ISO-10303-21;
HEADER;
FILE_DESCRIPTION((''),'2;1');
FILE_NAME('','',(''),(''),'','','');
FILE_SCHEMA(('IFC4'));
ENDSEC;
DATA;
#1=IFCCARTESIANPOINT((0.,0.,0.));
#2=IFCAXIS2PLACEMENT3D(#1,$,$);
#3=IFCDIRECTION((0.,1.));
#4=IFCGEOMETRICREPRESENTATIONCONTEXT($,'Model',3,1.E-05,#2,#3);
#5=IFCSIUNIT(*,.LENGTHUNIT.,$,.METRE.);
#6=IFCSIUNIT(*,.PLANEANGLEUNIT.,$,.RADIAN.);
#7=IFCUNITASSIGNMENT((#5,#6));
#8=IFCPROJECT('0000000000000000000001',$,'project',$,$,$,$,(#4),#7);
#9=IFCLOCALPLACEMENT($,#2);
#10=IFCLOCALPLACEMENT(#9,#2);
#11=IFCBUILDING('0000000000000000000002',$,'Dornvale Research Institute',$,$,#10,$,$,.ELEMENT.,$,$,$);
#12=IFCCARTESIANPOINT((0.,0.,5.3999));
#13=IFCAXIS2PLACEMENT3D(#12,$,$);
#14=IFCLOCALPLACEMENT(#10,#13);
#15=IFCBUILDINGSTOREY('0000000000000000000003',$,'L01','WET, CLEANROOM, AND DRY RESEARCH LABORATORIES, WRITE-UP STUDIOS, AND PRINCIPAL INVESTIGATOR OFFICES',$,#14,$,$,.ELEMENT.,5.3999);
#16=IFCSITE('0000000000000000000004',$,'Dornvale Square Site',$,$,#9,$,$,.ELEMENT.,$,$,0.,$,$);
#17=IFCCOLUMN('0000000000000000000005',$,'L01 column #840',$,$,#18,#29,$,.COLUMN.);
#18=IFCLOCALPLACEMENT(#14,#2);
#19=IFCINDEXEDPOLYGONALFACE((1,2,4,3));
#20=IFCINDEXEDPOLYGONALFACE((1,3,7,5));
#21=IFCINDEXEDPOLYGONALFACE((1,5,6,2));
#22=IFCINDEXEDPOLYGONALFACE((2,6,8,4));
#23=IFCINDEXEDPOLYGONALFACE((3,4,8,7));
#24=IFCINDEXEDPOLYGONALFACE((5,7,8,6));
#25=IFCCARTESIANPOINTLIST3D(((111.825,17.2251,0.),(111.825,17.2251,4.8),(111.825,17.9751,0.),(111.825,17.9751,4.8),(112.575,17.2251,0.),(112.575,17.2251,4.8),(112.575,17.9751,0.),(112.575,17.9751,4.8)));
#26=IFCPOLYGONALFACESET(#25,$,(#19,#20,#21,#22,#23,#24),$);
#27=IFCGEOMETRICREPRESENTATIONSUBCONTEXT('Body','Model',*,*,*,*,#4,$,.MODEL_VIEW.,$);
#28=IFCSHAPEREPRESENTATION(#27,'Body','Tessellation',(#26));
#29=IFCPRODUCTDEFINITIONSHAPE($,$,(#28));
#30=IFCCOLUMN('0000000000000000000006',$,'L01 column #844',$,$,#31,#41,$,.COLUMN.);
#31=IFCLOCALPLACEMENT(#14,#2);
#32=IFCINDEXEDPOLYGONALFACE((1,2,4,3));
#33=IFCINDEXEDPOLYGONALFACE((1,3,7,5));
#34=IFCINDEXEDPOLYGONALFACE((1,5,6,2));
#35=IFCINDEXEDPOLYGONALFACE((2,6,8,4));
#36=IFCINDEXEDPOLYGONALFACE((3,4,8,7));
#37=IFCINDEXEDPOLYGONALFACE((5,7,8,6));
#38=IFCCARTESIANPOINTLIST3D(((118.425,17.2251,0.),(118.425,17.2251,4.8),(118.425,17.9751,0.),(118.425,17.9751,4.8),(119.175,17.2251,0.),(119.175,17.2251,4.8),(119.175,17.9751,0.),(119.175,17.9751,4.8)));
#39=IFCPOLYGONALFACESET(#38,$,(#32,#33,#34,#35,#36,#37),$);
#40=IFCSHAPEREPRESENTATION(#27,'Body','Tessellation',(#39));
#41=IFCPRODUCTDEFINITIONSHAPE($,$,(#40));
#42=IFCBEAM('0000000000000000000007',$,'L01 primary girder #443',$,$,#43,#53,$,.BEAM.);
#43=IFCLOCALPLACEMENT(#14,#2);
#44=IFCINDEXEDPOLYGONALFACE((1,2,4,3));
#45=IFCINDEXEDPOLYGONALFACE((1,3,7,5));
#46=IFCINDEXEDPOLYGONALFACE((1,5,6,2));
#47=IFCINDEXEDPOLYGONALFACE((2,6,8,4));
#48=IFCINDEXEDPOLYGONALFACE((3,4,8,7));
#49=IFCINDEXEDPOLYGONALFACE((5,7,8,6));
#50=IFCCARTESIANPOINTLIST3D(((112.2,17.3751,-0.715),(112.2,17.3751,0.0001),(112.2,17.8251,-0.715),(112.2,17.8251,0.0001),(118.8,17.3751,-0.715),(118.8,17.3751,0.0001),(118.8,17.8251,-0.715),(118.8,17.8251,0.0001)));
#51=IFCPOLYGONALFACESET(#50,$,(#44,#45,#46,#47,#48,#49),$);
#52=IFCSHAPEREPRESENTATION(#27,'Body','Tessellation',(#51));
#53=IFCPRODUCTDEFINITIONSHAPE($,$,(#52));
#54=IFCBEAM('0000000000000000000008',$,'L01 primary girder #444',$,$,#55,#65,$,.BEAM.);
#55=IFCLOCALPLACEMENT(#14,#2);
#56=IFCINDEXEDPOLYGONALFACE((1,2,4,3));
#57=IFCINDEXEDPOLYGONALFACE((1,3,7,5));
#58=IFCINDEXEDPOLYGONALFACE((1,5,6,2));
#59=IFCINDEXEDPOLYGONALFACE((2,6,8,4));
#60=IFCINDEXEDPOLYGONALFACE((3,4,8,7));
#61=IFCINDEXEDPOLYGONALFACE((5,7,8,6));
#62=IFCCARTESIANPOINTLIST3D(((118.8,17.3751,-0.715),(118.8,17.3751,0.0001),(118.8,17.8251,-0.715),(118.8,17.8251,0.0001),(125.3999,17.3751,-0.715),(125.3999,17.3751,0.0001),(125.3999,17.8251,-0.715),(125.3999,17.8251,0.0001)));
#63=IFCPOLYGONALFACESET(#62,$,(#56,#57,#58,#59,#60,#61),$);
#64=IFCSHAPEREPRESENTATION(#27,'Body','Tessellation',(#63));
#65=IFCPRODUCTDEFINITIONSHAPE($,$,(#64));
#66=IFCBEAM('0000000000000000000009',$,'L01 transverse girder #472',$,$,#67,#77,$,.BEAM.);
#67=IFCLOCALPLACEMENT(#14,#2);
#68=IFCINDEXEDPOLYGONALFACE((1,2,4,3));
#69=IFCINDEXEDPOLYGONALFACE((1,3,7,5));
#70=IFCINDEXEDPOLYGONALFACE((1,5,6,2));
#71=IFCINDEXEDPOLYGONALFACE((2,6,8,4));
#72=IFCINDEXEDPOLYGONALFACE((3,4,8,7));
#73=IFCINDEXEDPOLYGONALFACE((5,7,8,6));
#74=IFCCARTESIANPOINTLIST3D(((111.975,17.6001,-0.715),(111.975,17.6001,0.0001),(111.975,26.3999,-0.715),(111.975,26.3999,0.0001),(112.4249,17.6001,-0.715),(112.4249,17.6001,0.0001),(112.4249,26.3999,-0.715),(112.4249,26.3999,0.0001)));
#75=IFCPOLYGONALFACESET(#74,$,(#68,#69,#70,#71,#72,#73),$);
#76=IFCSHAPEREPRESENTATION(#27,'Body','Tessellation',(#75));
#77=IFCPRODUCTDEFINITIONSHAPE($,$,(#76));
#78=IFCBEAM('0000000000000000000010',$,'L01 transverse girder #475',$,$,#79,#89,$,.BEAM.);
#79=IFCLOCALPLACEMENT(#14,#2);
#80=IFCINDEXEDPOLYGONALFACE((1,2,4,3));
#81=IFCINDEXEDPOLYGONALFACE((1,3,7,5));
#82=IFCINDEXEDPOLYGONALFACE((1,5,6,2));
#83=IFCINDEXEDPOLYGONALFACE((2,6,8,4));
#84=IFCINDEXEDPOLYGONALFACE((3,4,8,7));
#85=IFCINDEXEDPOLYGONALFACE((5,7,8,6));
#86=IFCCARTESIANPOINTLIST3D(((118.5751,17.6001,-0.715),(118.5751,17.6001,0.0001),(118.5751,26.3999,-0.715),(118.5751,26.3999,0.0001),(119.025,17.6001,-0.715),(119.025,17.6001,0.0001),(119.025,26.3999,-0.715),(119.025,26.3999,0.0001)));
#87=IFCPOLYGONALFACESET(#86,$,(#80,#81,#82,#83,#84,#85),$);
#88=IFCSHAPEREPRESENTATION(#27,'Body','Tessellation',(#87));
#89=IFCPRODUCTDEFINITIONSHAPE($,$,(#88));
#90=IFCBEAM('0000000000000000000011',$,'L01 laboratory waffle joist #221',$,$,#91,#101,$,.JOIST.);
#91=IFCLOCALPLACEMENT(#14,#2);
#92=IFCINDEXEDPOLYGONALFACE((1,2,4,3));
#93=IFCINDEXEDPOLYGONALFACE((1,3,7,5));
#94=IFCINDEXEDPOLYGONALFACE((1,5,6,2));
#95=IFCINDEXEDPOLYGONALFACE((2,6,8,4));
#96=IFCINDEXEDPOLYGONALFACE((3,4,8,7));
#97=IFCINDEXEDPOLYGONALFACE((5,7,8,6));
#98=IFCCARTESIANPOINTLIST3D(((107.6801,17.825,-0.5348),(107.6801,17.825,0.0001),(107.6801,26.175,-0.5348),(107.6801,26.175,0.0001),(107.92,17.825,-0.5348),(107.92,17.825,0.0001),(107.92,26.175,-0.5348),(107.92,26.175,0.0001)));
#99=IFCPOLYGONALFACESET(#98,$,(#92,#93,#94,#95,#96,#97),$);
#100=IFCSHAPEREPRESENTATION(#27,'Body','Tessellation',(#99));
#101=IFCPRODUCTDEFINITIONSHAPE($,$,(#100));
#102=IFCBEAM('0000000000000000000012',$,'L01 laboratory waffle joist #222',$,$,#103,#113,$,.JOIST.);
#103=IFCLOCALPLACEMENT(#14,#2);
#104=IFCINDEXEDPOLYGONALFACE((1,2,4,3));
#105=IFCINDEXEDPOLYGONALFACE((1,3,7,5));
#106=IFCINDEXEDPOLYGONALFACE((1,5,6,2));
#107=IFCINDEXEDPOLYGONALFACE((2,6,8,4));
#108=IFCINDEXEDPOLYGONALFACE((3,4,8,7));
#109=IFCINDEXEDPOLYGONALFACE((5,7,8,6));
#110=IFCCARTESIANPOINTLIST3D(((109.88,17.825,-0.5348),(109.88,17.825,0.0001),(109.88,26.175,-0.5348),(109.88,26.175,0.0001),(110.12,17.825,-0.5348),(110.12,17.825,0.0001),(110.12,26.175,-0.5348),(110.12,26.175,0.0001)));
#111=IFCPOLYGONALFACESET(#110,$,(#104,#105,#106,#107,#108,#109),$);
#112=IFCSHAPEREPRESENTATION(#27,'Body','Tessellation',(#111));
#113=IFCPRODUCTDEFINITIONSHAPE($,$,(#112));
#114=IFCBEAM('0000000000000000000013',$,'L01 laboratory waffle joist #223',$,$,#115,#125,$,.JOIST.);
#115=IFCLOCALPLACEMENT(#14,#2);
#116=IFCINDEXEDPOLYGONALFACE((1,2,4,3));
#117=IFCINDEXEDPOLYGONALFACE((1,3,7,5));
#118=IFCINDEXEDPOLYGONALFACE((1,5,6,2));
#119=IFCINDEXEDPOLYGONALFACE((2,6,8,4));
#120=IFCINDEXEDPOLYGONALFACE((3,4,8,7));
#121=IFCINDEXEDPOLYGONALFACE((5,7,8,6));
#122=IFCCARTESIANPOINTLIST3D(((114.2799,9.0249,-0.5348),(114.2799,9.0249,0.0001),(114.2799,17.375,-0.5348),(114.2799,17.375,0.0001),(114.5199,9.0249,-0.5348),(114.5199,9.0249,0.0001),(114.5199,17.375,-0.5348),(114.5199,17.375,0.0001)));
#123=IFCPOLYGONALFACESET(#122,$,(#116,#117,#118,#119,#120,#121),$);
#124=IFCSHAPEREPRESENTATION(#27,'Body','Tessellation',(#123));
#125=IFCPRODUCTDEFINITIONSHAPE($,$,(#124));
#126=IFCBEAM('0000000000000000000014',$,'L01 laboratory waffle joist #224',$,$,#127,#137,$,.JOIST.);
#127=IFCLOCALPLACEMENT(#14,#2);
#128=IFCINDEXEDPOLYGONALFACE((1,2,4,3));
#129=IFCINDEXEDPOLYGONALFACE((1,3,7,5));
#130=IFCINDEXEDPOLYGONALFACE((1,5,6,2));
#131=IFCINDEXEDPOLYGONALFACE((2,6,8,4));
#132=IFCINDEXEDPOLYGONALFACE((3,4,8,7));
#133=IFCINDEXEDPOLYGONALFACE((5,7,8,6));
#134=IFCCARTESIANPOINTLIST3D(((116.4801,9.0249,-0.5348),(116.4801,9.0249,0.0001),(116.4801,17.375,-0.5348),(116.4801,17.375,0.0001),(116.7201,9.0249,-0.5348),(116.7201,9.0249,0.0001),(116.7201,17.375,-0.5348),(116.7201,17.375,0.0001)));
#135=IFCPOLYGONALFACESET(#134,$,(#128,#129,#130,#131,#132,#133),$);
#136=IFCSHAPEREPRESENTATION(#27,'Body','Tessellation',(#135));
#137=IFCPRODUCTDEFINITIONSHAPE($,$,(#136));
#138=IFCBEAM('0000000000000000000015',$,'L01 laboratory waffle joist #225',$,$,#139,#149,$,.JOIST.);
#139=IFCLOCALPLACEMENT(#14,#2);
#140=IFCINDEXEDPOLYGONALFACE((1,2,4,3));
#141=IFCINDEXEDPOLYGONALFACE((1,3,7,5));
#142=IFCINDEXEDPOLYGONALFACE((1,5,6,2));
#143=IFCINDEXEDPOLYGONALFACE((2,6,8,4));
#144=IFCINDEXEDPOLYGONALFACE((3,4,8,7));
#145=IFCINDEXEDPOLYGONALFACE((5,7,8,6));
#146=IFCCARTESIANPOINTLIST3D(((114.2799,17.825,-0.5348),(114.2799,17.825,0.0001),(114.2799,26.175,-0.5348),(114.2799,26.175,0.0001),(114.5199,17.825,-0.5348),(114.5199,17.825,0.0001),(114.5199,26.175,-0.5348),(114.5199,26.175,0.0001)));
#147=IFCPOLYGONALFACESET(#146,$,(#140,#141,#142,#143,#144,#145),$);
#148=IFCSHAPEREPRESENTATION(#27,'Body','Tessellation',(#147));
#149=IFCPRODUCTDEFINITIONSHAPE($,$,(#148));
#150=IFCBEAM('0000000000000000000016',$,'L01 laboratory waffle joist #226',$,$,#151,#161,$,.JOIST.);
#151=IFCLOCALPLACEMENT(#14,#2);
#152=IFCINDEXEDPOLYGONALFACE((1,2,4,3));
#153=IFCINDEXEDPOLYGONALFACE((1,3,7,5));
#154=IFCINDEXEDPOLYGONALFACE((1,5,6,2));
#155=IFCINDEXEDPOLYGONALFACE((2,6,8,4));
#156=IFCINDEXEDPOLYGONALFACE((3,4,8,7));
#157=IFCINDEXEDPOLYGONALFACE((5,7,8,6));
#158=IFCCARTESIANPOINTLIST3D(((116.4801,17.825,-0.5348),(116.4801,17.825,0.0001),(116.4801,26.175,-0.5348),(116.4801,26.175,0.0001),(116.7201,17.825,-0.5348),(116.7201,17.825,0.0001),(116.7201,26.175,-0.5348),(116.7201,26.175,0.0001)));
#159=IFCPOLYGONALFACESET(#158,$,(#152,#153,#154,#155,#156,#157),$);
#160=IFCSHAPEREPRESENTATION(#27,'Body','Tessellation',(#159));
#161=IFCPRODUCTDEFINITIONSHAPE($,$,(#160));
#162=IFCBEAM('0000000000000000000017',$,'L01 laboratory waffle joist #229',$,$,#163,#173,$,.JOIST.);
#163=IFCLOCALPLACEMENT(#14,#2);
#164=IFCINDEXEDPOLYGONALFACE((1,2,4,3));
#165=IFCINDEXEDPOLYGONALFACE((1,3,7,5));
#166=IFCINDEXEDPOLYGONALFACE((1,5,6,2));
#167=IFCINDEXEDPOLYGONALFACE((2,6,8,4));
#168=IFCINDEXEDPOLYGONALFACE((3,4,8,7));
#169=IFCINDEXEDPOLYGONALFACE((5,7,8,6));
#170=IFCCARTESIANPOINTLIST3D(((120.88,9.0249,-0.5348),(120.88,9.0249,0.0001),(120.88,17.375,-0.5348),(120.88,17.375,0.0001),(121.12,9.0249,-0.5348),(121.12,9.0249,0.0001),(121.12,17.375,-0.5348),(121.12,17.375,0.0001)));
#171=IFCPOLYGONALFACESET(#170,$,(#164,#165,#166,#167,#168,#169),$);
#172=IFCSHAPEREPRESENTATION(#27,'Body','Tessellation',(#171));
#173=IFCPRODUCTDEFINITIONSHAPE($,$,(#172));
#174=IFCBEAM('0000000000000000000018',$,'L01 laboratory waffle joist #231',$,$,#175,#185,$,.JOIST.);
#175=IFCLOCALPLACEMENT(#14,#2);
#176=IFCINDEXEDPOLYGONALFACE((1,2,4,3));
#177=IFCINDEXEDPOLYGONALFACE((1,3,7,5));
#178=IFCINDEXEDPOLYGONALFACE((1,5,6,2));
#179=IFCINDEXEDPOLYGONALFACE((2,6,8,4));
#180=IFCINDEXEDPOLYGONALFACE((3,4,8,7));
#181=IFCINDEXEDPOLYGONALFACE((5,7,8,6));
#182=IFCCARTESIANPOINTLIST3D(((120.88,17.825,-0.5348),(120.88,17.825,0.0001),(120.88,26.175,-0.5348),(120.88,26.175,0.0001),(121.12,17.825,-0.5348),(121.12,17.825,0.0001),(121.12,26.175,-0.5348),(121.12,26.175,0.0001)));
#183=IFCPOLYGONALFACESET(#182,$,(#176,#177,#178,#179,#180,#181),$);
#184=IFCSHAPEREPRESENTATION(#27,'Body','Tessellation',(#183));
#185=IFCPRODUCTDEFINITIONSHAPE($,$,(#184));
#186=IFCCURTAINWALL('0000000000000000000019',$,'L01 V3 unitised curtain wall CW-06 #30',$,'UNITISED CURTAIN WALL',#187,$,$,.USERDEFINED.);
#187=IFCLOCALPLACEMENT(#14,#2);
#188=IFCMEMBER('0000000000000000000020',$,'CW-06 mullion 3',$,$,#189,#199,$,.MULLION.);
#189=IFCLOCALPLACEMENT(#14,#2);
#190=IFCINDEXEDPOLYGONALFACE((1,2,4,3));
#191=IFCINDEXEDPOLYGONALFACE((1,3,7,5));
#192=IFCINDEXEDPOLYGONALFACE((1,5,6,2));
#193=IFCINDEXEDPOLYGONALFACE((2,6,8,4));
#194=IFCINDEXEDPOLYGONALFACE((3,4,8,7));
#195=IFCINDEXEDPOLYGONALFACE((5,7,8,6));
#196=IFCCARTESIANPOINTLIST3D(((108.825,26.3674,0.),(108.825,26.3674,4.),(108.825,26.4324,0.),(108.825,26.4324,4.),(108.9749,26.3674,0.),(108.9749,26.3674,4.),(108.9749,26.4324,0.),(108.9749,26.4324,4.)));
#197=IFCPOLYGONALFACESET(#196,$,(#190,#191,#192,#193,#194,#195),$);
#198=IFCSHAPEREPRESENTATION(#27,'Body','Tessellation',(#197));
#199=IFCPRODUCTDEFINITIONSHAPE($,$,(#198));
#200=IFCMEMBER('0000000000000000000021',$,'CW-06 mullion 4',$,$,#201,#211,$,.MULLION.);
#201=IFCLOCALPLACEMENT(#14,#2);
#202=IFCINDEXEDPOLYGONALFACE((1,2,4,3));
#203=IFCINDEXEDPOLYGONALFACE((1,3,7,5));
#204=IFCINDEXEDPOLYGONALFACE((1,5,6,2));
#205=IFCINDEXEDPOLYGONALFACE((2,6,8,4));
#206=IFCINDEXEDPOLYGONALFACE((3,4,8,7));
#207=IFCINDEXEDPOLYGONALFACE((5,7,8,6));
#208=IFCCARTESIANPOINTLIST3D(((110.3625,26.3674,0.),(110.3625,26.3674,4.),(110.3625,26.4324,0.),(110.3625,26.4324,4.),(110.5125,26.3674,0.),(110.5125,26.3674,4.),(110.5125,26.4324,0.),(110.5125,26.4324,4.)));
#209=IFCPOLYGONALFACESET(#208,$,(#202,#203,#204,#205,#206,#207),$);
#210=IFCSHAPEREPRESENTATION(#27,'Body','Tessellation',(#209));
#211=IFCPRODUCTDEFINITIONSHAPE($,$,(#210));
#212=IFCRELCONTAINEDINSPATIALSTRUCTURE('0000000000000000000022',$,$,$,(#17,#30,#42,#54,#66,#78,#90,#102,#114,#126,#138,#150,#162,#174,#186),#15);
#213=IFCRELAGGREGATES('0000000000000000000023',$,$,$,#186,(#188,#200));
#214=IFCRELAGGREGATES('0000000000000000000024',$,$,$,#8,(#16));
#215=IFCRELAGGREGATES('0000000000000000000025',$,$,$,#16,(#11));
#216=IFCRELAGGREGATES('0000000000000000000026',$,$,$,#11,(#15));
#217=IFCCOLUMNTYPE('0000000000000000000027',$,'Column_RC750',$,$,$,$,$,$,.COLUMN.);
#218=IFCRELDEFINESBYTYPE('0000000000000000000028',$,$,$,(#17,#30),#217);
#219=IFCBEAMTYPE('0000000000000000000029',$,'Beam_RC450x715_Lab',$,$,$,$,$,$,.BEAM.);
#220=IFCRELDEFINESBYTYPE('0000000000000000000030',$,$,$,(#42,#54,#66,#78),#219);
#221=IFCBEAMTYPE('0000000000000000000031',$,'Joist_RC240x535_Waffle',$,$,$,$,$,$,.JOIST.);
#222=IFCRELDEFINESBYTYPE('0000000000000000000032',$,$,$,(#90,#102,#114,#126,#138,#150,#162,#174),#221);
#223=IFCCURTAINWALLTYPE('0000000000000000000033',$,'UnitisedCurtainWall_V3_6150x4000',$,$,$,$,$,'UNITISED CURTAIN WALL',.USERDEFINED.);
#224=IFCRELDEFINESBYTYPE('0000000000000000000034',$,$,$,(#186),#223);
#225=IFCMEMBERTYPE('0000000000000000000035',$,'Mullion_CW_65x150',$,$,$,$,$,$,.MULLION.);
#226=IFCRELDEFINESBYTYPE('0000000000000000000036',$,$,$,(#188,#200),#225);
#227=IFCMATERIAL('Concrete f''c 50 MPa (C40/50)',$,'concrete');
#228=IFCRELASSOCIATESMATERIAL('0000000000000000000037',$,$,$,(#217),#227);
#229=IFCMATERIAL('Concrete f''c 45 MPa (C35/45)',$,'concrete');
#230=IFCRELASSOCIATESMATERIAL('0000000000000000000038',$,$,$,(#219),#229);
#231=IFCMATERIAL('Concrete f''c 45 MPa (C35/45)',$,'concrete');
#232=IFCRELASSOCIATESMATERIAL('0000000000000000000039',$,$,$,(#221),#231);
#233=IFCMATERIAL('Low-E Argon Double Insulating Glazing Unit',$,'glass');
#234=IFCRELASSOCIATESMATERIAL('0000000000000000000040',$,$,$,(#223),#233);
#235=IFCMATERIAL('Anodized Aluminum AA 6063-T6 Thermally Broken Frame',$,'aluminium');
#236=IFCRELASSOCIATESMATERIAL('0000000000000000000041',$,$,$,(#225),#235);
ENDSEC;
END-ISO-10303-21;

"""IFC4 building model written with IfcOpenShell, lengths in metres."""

from ifc_helpers import new_model, si_unit, direction, frame, origin, origin_2d, place, context, subcontext, project, spatial, rectangle, extrude, material, material_profile, profile_set, type_object, element, aggregate, save


model = new_model("IFC4")

# Units and contexts
model_context = context("Model", 3, precision=1e-05, world=origin(), true_north=direction((0.0, 1.0)))
body_context = subcontext(model_context, "Body", "Model", "MODEL_VIEW")
ifc_project = project(units=[si_unit("LENGTHUNIT", "METRE"), si_unit("PLANEANGLEUNIT", "RADIAN")], contexts=[model_context])

# Site, building, storey
site_placement = place(None, origin())
site = spatial("IfcSite", under=ifc_project, at=site_placement, Name="Dornvale Square Site", CompositionType="ELEMENT", RefElevation=0.0)
building_placement = place(site_placement, origin())
building = spatial("IfcBuilding", under=site, at=building_placement, Name="Dornvale Research Institute", CompositionType="ELEMENT")
storey_placement = place(building_placement, frame((0.0, 0.0, 5.3999)))
storey = spatial("IfcBuildingStorey", under=building, at=storey_placement, Name="L01", Description="WET, CLEANROOM, AND DRY RESEARCH LABORATORIES, WRITE-UP STUDIOS, AND PRINCIPAL INVESTIGATOR OFFICES", CompositionType="ELEMENT", Elevation=5.3999)

# Columns
ifc_material_1 = material(Name="Concrete f'c 50 MPa (C40/50)", Category="concrete")
ifc_material_profile_1 = material_profile(ifc_material_1, rectangle(XDim=0.75, YDim=0.75, at=origin_2d()), Name="RC 750x750")
ifc_profile_set_1 = profile_set([ifc_material_profile_1], Name="Concrete f'c 50 MPa (C40/50)")
column_type = type_object("IfcColumnType", Name="Column_RC750", PredefinedType="COLUMN", material=ifc_profile_set_1)
for number, where, z_axis, x_axis, name in (
    (1, (112.2, 17.6001, 0.0), (0.0, 0.0, 1.0), (1.0, 0.0, 0.0), "L01 column #840"),
    (2, (118.8, 17.6001, 0.0), (0.0, 0.0, 1.0), (1.0, 0.0, 0.0), "L01 column #844"),
):
    element("IfcColumn", number, at=place(storey_placement, frame(where, z_axis=z_axis, x_axis=x_axis)), inside=storey, type_object=column_type, Name=name, PredefinedType="COLUMN", context=body_context, shape_type="SweptSolid", body=[
        extrude(rectangle(XDim=0.75, YDim=0.75, at=origin_2d()), origin(), (0.0, 0.0, 1.0), 4.8),
    ])

# Beams
ifc_material_2 = material(Name="Concrete f'c 45 MPa (C35/45)", Category="concrete")
ifc_material_profile_2 = material_profile(ifc_material_2, rectangle(XDim=0.45, YDim=0.7151, at=origin_2d()), Name="RC 450x715")
ifc_profile_set_2 = profile_set([ifc_material_profile_2], Name="Concrete f'c 45 MPa (C35/45)")
beam_type_1 = type_object("IfcBeamType", Name="Beam_RC450x715_Lab", PredefinedType="BEAM", material=ifc_profile_set_2)
beam_1_placement = place(storey_placement, frame((112.2, 17.6001, -0.3574), z_axis=(1.0, 0.0, 0.0), x_axis=(0.0, 1.0, 0.0)))
element("IfcBeam", 3, at=beam_1_placement, inside=storey, type_object=beam_type_1, Name="L01 primary girder #443", PredefinedType="BEAM", context=body_context, shape_type="SweptSolid", body=[
    extrude(rectangle(XDim=0.45, YDim=0.7151, at=origin_2d()), origin(), (0.0, 0.0, 1.0), 6.6001),
])
beam_2_placement = place(storey_placement, frame((118.8, 17.6001, -0.3574), z_axis=(1.0, 0.0, 0.0), x_axis=(0.0, 1.0, 0.0)))
element("IfcBeam", 4, at=beam_2_placement, inside=storey, type_object=beam_type_1, Name="L01 primary girder #444", PredefinedType="BEAM", context=body_context, shape_type="SweptSolid", body=[
    extrude(rectangle(XDim=0.45, YDim=0.7151, at=origin_2d()), origin(), (0.0, 0.0, 1.0), 6.5999),
])
for number, where, z_axis, x_axis, name in (
    (5, (112.2, 17.6001, -0.3574), (0.0, 1.0, 0.0), (-1.0, 0.0, 0.0), "L01 transverse girder #472"),
    (6, (118.8, 17.6001, -0.3574), (0.0, 1.0, 0.0), (-1.0, 0.0, 0.0), "L01 transverse girder #475"),
):
    element("IfcBeam", number, at=place(storey_placement, frame(where, z_axis=z_axis, x_axis=x_axis)), inside=storey, type_object=beam_type_1, Name=name, PredefinedType="BEAM", context=body_context, shape_type="SweptSolid", body=[
        extrude(rectangle(XDim=0.45, YDim=0.7151, at=origin_2d()), origin(), (0.0, 0.0, 1.0), 8.7998),
    ])
ifc_material_3 = material(Name="Concrete f'c 45 MPa (C35/45)", Category="concrete")
ifc_material_profile_3 = material_profile(ifc_material_3, rectangle(XDim=0.24, YDim=0.5349, at=origin_2d()), Name="RC 240x535")
ifc_profile_set_3 = profile_set([ifc_material_profile_3], Name="Concrete f'c 45 MPa (C35/45)")
beam_type_2 = type_object("IfcBeamType", Name="Joist_RC240x535_Waffle", PredefinedType="JOIST", material=ifc_profile_set_3)
for number, where, z_axis, x_axis, name in (
    (7, (107.8, 17.825, -0.2673), (0.0, 1.0, 0.0), (-1.0, 0.0, 0.0), "L01 laboratory waffle joist #221"),
    (8, (110.0, 17.825, -0.2673), (0.0, 1.0, 0.0), (-1.0, 0.0, 0.0), "L01 laboratory waffle joist #222"),
    (9, (114.3999, 9.0249, -0.2673), (0.0, 1.0, 0.0), (-1.0, 0.0, 0.0), "L01 laboratory waffle joist #223"),
    (10, (116.6001, 9.0249, -0.2673), (0.0, 1.0, 0.0), (-1.0, 0.0, 0.0), "L01 laboratory waffle joist #224"),
    (11, (114.3999, 17.825, -0.2673), (0.0, 1.0, 0.0), (-1.0, 0.0, 0.0), "L01 laboratory waffle joist #225"),
    (12, (116.6001, 17.825, -0.2673), (0.0, 1.0, 0.0), (-1.0, 0.0, 0.0), "L01 laboratory waffle joist #226"),
    (13, (121.0, 9.0249, -0.2673), (0.0, 1.0, 0.0), (-1.0, 0.0, 0.0), "L01 laboratory waffle joist #229"),
    (14, (121.0, 17.825, -0.2673), (0.0, 1.0, 0.0), (-1.0, 0.0, 0.0), "L01 laboratory waffle joist #231"),
):
    element("IfcBeam", number, at=place(storey_placement, frame(where, z_axis=z_axis, x_axis=x_axis)), inside=storey, type_object=beam_type_2, Name=name, PredefinedType="JOIST", context=body_context, shape_type="SweptSolid", body=[
        extrude(rectangle(XDim=0.24, YDim=0.5349, at=origin_2d()), origin(), (0.0, 0.0, 1.0), 8.3501),
    ])

# Curtain wall, members
ifc_material_4 = material(Name="Low-E Argon Double Insulating Glazing Unit", Category="glass")
curtain_wall_type = type_object("IfcCurtainWallType", Name="UnitisedCurtainWall_V3_6150x4000", ElementType="UNITISED CURTAIN WALL", PredefinedType="USERDEFINED", material=ifc_material_4)
curtain_wall_placement = place(storey_placement, origin())
curtain_wall = element("IfcCurtainWall", 15, at=curtain_wall_placement, inside=storey, type_object=curtain_wall_type, Name="L01 V3 unitised curtain wall CW-06 #30", ObjectType="UNITISED CURTAIN WALL", PredefinedType="USERDEFINED")
ifc_material_5 = material(Name="Anodized Aluminum AA 6063-T6 Thermally Broken Frame", Category="aluminium")
ifc_material_profile_4 = material_profile(ifc_material_5, rectangle(XDim=0.0649, YDim=0.1499, at=origin_2d()), Name="ALU MULLION 65x150")
ifc_profile_set_4 = profile_set([ifc_material_profile_4], Name="Anodized Aluminum AA 6063-T6 Thermally Broken Frame")
member_type_1 = type_object("IfcMemberType", Name="Mullion_CW_65x150", PredefinedType="MULLION", material=ifc_profile_set_4)
member_1_placement = place(storey_placement, frame((108.8999, 26.3999, 0.0), z_axis=(0.0, 0.0, 1.0), x_axis=(0.0, 1.0, 0.0)))
member_1 = element("IfcMember", 16, at=member_1_placement, type_object=member_type_1, Name="CW-06 mullion 3", PredefinedType="MULLION", context=body_context, shape_type="SweptSolid", body=[
    extrude(rectangle(XDim=0.0649, YDim=0.1499, at=origin_2d()), origin(), (0.0, 0.0, 1.0), 4.0),
])
member_2_placement = place(storey_placement, frame((110.4375, 26.3999, 0.0), z_axis=(0.0, 0.0, 1.0), x_axis=(0.0, 1.0, 0.0)))
member_2 = element("IfcMember", 17, at=member_2_placement, type_object=member_type_1, Name="CW-06 mullion 4", PredefinedType="MULLION", context=body_context, shape_type="SweptSolid", body=[
    extrude(rectangle(XDim=0.0649, YDim=0.1499, at=origin_2d()), origin(), (0.0, 0.0, 1.0), 4.0),
])
aggregate(curtain_wall, [member_1, member_2])

save(model, "model.ifc")
